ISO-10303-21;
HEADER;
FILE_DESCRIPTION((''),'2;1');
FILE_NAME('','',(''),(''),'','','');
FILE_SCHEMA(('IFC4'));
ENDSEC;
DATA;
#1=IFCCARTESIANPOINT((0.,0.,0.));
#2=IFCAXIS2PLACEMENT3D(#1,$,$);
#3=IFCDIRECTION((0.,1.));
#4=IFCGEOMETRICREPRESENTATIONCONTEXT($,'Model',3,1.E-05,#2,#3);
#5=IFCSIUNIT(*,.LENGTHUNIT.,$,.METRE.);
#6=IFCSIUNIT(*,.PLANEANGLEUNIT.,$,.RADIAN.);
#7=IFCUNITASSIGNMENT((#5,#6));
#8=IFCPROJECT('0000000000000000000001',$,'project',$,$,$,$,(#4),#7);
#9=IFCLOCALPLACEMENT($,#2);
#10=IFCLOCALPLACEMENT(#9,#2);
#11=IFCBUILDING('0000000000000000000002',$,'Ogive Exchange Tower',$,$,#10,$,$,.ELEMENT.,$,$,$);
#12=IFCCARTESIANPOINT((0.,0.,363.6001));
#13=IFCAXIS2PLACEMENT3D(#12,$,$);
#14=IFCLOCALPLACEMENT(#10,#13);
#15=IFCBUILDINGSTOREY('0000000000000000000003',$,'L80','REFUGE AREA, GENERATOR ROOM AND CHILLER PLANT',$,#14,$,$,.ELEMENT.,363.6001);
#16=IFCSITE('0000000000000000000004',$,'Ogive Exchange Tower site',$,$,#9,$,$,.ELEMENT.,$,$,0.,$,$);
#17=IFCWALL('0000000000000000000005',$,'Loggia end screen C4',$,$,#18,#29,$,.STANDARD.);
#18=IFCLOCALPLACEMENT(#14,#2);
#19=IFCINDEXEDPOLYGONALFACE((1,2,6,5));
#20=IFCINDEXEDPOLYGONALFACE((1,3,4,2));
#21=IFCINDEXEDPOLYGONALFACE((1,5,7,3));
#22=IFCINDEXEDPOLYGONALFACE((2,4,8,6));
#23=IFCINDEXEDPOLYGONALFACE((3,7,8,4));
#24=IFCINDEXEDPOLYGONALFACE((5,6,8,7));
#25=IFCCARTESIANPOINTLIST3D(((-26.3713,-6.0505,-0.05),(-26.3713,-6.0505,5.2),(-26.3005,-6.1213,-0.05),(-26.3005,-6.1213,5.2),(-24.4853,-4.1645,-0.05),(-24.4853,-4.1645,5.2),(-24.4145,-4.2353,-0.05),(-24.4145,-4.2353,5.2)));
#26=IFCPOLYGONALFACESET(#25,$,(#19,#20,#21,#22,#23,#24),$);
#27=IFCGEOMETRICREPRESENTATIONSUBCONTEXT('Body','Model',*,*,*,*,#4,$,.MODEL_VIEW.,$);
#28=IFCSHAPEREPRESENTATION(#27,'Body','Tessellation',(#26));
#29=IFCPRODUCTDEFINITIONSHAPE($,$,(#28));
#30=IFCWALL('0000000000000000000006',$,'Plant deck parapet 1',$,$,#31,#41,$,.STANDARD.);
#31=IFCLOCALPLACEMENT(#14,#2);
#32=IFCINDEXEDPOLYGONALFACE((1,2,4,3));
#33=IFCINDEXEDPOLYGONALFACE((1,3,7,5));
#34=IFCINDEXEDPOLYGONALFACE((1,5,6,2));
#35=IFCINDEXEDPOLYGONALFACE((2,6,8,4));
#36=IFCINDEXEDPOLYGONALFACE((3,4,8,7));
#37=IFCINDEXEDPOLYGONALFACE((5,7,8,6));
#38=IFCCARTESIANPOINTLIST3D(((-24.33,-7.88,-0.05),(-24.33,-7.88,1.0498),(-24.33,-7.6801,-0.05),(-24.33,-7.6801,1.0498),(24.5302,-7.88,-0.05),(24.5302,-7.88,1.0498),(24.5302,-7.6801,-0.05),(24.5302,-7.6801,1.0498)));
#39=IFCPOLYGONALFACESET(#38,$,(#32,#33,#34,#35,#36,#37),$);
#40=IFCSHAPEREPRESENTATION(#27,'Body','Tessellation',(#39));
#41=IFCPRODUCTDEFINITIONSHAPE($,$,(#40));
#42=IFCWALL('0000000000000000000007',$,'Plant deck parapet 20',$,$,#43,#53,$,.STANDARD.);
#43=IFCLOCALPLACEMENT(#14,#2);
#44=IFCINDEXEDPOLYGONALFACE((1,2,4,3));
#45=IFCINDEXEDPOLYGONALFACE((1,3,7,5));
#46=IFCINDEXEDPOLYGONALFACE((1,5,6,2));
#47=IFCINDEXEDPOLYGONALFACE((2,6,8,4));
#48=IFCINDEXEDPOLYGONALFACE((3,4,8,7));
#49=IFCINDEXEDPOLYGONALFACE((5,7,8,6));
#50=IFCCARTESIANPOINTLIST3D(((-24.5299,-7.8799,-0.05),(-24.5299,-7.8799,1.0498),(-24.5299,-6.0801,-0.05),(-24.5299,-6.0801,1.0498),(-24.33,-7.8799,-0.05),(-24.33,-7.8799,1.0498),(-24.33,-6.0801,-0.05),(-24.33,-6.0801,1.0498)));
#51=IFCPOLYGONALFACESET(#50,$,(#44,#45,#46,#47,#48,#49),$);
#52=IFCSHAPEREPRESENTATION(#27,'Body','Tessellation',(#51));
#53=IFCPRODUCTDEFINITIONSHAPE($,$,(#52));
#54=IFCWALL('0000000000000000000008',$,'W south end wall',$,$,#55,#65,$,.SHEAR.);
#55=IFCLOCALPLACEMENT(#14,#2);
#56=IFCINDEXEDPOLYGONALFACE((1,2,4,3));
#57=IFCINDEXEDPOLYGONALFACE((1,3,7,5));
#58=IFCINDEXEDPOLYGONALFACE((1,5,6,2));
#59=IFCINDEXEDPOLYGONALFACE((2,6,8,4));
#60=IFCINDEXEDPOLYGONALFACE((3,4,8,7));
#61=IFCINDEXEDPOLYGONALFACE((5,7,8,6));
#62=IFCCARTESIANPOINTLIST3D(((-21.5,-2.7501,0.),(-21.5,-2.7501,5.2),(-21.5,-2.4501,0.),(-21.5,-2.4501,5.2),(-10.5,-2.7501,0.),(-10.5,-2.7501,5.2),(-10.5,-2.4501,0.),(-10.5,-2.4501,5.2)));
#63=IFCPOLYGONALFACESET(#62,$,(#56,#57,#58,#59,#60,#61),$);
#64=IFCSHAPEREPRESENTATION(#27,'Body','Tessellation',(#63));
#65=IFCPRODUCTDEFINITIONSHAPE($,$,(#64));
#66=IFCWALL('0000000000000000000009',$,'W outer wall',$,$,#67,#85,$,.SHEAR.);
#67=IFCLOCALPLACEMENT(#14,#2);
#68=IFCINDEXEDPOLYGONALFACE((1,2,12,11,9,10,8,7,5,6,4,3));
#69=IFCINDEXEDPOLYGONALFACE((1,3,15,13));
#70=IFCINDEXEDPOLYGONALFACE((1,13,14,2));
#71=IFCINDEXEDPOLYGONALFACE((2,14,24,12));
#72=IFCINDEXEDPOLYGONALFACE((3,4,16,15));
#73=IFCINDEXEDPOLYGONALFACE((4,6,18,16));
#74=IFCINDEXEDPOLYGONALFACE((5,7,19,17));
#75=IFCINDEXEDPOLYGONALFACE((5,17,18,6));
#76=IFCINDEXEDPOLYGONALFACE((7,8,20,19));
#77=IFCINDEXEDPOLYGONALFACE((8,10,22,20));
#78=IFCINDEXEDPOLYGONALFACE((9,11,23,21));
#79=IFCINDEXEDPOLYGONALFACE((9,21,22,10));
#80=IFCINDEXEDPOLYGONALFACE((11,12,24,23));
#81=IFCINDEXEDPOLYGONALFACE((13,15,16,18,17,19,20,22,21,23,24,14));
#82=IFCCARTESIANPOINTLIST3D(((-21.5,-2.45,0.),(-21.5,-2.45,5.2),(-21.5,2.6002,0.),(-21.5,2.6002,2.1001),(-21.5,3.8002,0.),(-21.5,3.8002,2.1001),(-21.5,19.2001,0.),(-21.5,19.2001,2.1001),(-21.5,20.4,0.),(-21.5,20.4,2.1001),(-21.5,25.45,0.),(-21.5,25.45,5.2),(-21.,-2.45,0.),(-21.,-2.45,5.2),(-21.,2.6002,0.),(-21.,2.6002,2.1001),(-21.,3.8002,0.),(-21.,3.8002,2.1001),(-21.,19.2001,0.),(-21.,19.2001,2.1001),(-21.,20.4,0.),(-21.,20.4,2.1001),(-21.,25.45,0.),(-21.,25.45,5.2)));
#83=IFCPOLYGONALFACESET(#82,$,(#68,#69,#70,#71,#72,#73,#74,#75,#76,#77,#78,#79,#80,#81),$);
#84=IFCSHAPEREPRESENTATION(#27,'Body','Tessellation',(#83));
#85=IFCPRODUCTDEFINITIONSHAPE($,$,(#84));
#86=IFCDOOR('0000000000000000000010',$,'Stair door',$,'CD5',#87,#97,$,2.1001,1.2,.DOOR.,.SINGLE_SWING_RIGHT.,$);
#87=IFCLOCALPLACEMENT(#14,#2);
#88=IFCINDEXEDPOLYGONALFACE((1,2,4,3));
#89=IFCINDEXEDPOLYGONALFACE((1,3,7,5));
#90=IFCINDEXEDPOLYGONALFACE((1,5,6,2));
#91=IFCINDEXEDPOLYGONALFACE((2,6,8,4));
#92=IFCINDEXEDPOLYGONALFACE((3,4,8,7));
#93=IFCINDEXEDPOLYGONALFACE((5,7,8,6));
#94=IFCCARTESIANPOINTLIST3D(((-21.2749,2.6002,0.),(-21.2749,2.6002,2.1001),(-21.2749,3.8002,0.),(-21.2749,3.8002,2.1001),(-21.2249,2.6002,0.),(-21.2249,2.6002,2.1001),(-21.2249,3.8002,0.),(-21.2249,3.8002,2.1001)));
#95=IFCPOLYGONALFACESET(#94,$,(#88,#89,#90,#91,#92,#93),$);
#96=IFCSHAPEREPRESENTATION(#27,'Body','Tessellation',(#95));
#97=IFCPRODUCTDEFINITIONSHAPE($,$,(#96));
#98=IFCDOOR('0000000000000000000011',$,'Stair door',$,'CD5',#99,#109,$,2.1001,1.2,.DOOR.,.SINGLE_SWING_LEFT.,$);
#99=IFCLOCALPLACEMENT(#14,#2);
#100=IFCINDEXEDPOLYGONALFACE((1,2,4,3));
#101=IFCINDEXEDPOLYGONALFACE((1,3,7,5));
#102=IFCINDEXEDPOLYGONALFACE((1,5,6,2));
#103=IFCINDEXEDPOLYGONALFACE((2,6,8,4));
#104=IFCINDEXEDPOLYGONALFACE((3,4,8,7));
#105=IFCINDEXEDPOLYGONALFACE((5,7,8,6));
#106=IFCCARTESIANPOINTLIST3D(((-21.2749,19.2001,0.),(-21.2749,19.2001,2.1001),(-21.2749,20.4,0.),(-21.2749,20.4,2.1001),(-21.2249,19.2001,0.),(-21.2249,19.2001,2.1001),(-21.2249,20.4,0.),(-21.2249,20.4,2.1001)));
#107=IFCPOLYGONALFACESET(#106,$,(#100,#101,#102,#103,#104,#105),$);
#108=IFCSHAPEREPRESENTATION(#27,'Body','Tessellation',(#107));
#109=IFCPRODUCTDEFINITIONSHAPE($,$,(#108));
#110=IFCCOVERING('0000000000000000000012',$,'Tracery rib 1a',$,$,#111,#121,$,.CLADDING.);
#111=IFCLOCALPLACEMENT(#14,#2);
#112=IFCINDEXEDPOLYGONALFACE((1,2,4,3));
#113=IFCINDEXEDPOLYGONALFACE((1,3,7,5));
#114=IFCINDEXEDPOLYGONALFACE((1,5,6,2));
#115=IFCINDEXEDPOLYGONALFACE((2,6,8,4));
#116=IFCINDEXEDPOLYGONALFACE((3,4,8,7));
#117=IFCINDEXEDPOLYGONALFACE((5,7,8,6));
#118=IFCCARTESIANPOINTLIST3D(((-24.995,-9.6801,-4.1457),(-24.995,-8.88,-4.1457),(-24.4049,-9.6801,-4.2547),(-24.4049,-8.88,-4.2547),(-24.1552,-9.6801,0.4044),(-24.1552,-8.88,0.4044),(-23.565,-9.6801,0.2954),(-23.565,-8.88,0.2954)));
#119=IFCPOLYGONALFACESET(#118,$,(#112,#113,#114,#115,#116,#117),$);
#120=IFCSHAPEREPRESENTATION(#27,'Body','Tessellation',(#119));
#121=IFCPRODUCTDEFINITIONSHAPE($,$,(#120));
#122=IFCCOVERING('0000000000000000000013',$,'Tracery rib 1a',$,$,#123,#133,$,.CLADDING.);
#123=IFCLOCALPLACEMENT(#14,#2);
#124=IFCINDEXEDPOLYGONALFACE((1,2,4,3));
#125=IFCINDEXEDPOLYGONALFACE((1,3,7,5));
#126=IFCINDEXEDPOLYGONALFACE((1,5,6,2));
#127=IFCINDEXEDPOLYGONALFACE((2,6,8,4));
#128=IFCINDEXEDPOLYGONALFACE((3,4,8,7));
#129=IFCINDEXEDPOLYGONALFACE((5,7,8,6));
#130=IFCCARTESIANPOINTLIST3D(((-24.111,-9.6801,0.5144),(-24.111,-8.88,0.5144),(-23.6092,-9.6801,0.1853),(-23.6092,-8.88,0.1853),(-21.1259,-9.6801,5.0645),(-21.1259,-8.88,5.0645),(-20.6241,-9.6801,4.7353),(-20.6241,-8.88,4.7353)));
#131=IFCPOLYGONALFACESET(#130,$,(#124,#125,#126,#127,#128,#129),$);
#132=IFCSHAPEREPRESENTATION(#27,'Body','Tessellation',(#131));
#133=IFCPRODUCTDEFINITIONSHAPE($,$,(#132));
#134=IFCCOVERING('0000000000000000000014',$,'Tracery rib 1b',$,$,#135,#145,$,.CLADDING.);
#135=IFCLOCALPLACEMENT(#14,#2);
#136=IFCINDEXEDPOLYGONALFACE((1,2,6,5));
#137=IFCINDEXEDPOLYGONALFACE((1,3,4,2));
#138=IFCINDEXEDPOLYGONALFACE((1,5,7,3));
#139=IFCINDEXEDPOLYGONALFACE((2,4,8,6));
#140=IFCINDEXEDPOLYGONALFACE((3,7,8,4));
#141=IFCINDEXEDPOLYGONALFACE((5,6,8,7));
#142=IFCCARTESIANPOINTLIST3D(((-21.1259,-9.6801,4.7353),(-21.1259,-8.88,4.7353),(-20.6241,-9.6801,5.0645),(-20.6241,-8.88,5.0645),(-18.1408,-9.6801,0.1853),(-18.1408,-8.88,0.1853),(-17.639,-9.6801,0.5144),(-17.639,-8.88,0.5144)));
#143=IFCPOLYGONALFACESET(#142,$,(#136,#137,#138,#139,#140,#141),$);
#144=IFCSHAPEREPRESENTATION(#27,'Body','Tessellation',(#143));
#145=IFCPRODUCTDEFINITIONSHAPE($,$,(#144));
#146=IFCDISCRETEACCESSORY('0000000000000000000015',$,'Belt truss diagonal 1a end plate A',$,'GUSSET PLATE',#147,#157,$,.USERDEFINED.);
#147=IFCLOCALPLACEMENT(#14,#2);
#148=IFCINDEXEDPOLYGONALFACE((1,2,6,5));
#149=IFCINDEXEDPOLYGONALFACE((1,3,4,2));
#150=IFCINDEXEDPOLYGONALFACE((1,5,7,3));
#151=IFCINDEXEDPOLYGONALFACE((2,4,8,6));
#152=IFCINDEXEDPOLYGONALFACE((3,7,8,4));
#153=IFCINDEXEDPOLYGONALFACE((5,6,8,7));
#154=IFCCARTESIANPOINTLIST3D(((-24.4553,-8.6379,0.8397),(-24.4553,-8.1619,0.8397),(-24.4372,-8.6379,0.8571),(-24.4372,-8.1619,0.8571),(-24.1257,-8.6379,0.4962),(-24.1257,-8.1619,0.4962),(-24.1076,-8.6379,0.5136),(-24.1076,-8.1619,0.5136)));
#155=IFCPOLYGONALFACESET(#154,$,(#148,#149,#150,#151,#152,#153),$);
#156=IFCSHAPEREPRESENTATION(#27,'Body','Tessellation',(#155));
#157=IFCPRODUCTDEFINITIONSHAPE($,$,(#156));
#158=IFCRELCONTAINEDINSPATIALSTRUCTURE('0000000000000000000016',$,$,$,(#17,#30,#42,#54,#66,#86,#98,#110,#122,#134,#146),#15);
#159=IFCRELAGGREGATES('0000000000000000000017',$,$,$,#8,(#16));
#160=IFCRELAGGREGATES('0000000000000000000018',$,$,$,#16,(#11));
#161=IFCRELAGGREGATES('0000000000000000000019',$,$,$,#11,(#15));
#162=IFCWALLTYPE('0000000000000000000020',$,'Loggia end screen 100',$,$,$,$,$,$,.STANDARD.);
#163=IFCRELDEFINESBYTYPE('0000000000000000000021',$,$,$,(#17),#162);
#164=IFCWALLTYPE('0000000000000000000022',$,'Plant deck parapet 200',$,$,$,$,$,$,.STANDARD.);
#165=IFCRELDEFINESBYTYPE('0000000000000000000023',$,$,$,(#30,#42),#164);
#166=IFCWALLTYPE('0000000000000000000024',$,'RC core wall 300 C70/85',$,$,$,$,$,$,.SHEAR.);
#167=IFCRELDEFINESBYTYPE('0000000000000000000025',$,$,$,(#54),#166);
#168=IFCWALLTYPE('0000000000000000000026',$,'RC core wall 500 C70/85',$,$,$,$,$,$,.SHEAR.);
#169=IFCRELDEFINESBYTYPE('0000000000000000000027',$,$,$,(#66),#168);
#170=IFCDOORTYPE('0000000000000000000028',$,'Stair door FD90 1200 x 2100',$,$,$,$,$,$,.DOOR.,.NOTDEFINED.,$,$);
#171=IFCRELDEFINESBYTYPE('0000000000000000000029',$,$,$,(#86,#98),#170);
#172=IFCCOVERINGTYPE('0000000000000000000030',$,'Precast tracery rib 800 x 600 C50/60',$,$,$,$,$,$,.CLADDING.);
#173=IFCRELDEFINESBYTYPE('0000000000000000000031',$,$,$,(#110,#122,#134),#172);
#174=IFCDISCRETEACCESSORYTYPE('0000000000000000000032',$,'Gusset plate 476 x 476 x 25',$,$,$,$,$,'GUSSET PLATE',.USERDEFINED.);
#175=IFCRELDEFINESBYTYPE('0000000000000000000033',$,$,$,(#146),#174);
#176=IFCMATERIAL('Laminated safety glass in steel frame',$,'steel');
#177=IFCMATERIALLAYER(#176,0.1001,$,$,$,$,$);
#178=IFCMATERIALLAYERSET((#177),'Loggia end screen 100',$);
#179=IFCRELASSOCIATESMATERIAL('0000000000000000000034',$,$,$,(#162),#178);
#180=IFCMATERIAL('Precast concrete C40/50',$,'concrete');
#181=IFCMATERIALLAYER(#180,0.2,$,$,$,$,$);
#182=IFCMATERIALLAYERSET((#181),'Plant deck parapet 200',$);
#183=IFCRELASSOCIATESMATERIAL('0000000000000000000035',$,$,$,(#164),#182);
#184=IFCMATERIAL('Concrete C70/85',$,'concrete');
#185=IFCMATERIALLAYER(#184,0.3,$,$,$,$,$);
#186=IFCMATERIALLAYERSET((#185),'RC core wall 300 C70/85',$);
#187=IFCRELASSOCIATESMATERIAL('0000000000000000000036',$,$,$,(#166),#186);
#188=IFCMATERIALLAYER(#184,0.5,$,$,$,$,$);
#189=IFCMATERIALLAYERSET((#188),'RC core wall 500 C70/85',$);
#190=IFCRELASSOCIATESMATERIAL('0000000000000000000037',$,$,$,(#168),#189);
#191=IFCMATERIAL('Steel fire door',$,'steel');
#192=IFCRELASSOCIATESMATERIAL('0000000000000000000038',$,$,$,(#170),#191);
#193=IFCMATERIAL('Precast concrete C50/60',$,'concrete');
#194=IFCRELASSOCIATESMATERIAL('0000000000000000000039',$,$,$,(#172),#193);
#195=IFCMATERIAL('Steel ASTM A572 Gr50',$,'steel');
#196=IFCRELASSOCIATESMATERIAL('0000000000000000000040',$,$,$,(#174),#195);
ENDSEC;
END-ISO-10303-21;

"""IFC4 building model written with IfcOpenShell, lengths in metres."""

from ifc_helpers import new_model, si_unit, direction, frame, frame_2d, origin, origin_2d, place, context, subcontext, project, spatial, rectangle, extrude, material, layer, layer_set, material_profile, profile_set, type_object, element, fill, save


model = new_model("IFC4")

# Units and contexts
model_context = context("Model", 3, precision=1e-05, world=origin(), true_north=direction((0.0, 1.0)))
body_context = subcontext(model_context, "Body", "Model", "MODEL_VIEW")
ifc_project = project(units=[si_unit("LENGTHUNIT", "METRE"), si_unit("PLANEANGLEUNIT", "RADIAN")], contexts=[model_context])

# Site, building, storey
site_placement = place(None, origin())
site = spatial("IfcSite", under=ifc_project, at=site_placement, Name="Ogive Exchange Tower site", CompositionType="ELEMENT", RefElevation=0.0)
building_placement = place(site_placement, origin())
building = spatial("IfcBuilding", under=site, at=building_placement, Name="Ogive Exchange Tower", CompositionType="ELEMENT")
storey_placement = place(building_placement, frame((0.0, 0.0, 363.6001)))
storey = spatial("IfcBuildingStorey", under=building, at=storey_placement, Name="L80", Description="REFUGE AREA, GENERATOR ROOM AND CHILLER PLANT", CompositionType="ELEMENT", Elevation=363.6001)

# Shared definitions
ifc_material_1 = material(Name="Precast concrete C40/50", Category="concrete")

# Walls
ifc_material_2 = material(Name="Laminated safety glass in steel frame", Category="steel")
ifc_layer_1 = layer(ifc_material_2, 0.1001)
ifc_layer_set_1 = layer_set([ifc_layer_1], Name="Loggia end screen 100")
wall_type_1 = type_object("IfcWallType", Name="Loggia end screen 100", PredefinedType="STANDARD", material=ifc_layer_set_1)
wall_1_placement = place(storey_placement, frame((-24.45, -4.2, -0.05), z_axis=(0.0, 0.0, 1.0), x_axis=(-0.707107, -0.707107, 0.0)))
element("IfcWall", 1, at=wall_1_placement, inside=storey, type_object=wall_type_1, Name="Loggia end screen C4", PredefinedType="STANDARD", context=body_context, shape_type="SweptSolid", body=[
    extrude(rectangle(XDim=2.6672, YDim=0.1001, at=frame_2d((1.3335, 0.0))), origin(), (0.0, 0.0, 1.0), 5.25),
])
ifc_layer_2 = layer(ifc_material_1, 0.2)
ifc_layer_set_2 = layer_set([ifc_layer_2], Name="Plant deck parapet 200")
wall_type_2 = type_object("IfcWallType", Name="Plant deck parapet 200", PredefinedType="STANDARD", material=ifc_layer_set_2)
wall_2_placement = place(storey_placement, frame((-24.3301, -7.78, -0.05), z_axis=(0.0, 0.0, 1.0), x_axis=(1.0, 0.0, 0.0)))
element("IfcWall", 2, at=wall_2_placement, inside=storey, type_object=wall_type_2, Name="Plant deck parapet 1", PredefinedType="STANDARD", context=body_context, shape_type="SweptSolid", body=[
    extrude(rectangle(XDim=48.8601, YDim=0.2, at=frame_2d((24.4302, 0.0))), origin(), (0.0, 0.0, 1.0), 1.0999),
])
wall_3_placement = place(storey_placement, frame((-24.4299, -6.0801, -0.05), z_axis=(0.0, 0.0, 1.0), x_axis=(0.0, -1.0, 0.0)))
element("IfcWall", 3, at=wall_3_placement, inside=storey, type_object=wall_type_2, Name="Plant deck parapet 20", PredefinedType="STANDARD", context=body_context, shape_type="SweptSolid", body=[
    extrude(rectangle(XDim=1.7998, YDim=0.2, at=frame_2d((0.8999, 0.0))), origin(), (0.0, 0.0, 1.0), 1.0999),
])
ifc_material_3 = material(Name="Concrete C70/85", Category="concrete")
ifc_layer_3 = layer(ifc_material_3, 0.3)
ifc_layer_set_3 = layer_set([ifc_layer_3], Name="RC core wall 300 C70/85")
wall_type_3 = type_object("IfcWallType", Name="RC core wall 300 C70/85", PredefinedType="SHEAR", material=ifc_layer_set_3)
wall_4_placement = place(storey_placement, frame((-21.5, -2.6001, 0.0), z_axis=(0.0, 0.0, 1.0), x_axis=(1.0, 0.0, 0.0)))
element("IfcWall", 4, at=wall_4_placement, inside=storey, type_object=wall_type_3, Name="W south end wall", PredefinedType="SHEAR", context=body_context, shape_type="SweptSolid", body=[
    extrude(rectangle(XDim=11.0, YDim=0.3, at=frame_2d((5.5, 0.0))), origin(), (0.0, 0.0, 1.0), 5.2),
])

# Wall, openings, doors
ifc_layer_4 = layer(ifc_material_3, 0.5)
ifc_layer_set_4 = layer_set([ifc_layer_4], Name="RC core wall 500 C70/85")
wall_type_4 = type_object("IfcWallType", Name="RC core wall 500 C70/85", PredefinedType="SHEAR", material=ifc_layer_set_4)
wall_5_placement = place(storey_placement, frame((-21.25, -2.45, 0.0), z_axis=(0.0, 0.0, 1.0), x_axis=(0.0, 1.0, 0.0)))
wall_5 = element("IfcWall", 5, at=wall_5_placement, inside=storey, type_object=wall_type_4, Name="W outer wall", PredefinedType="SHEAR", context=body_context, shape_type="SweptSolid", body=[
    extrude(rectangle(XDim=27.8999, YDim=0.5, at=frame_2d((13.95, 0.0))), origin(), (0.0, 0.0, 1.0), 5.2),
])
opening_1_placement = place(wall_5_placement, frame((5.05, 0.0, 0.0)))
opening_1 = element("IfcOpeningElement", 6, at=opening_1_placement, cuts=wall_5, PredefinedType="OPENING", context=body_context, shape_type="SweptSolid", body=[
    extrude(rectangle(XDim=1.2, YDim=2.1001, at=frame_2d((0.6001, 1.05))), frame((0.0, 0.26, 0.0), z_axis=(0.0, -1.0, 0.0), x_axis=(1.0, 0.0, 0.0)), (0.0, 0.0, 1.0), 0.52),
])
opening_2_placement = place(wall_5_placement, frame((21.6499, 0.0, 0.0)))
opening_2 = element("IfcOpeningElement", 7, at=opening_2_placement, cuts=wall_5, PredefinedType="OPENING", context=body_context, shape_type="SweptSolid", body=[
    extrude(rectangle(XDim=1.2, YDim=2.1001, at=frame_2d((0.6001, 1.05))), frame((0.0, 0.26, 0.0), z_axis=(0.0, -1.0, 0.0), x_axis=(1.0, 0.0, 0.0)), (0.0, 0.0, 1.0), 0.52),
])
ifc_material_4 = material(Name="Steel fire door", Category="steel")
door_type = type_object("IfcDoorType", Name="Stair door FD90 1200 x 2100", OperationType="NOTDEFINED", PredefinedType="DOOR", material=ifc_material_4)
door_1_placement = place(opening_1_placement, origin())
door_1 = element("IfcDoor", 8, at=door_1_placement, inside=storey, type_object=door_type, Name="Stair door", ObjectType="CD5", OperationType="SINGLE_SWING_RIGHT", OverallHeight=2.1001, OverallWidth=1.2, PredefinedType="DOOR", context=body_context, shape_type="SweptSolid", body=[
    extrude(rectangle(XDim=1.2, YDim=2.1001, at=frame_2d((0.6001, 1.05))), frame((0.0, 0.0249, 0.0), z_axis=(0.0, -1.0, 0.0), x_axis=(1.0, 0.0, 0.0)), (0.0, 0.0, 1.0), 0.05),
])
fill(opening_1, door_1)
door_2_placement = place(opening_2_placement, origin())
door_2 = element("IfcDoor", 9, at=door_2_placement, inside=storey, type_object=door_type, Name="Stair door", ObjectType="CD5", OperationType="SINGLE_SWING_LEFT", OverallHeight=2.1001, OverallWidth=1.2, PredefinedType="DOOR", context=body_context, shape_type="SweptSolid", body=[
    extrude(rectangle(XDim=1.2, YDim=2.1001, at=frame_2d((0.6001, 1.05))), frame((0.0, 0.0249, 0.0), z_axis=(0.0, -1.0, 0.0), x_axis=(1.0, 0.0, 0.0)), (0.0, 0.0, 1.0), 0.05),
])
fill(opening_2, door_2)

# Coverings
ifc_material_5 = material(Name="Precast concrete C50/60", Category="concrete")
ifc_material_profile_1 = material_profile(ifc_material_5, rectangle(XDim=0.8, YDim=0.6001, at=origin_2d()), Name="RIB 800 x 600")
ifc_profile_set_1 = profile_set([ifc_material_profile_1], Name="Precast concrete C50/60")
covering_type = type_object("IfcCoveringType", Name="Precast tracery rib 800 x 600 C50/60", PredefinedType="CLADDING", material=ifc_profile_set_1)
covering_placement = place(storey_placement, frame((-24.7, -9.28, -4.2002), z_axis=(0.181513, 0.0, 0.983389), x_axis=(0.0, 1.0, 0.0)))
element("IfcCovering", 10, at=covering_placement, inside=storey, type_object=covering_type, Name="Tracery rib 1a", PredefinedType="CLADDING", context=body_context, shape_type="SweptSolid", body=[
    extrude(rectangle(XDim=0.8, YDim=0.6001, at=origin_2d()), origin(), (0.0, 0.0, 1.0), 4.627),
])
for number, where, z_axis, x_axis, name in (
    (11, (-23.8601, -9.28, 0.3499), (0.548546, 0.0, 0.836121), (0.0, 1.0, 0.0), "Tracery rib 1a"),
    (12, (-17.8899, -9.28, 0.3499), (-0.548546, 0.0, 0.836121), (0.0, -1.0, 0.0), "Tracery rib 1b"),
):
    element("IfcCovering", number, at=place(storey_placement, frame(where, z_axis=z_axis, x_axis=x_axis)), inside=storey, type_object=covering_type, Name=name, PredefinedType="CLADDING", context=body_context, shape_type="SweptSolid", body=[
        extrude(rectangle(XDim=0.8, YDim=0.6001, at=origin_2d()), origin(), (0.0, 0.0, 1.0), 5.4419),
    ])

# Discrete accessory
ifc_material_6 = material(Name="Steel ASTM A572 Gr50", Category="steel")
ifc_material_profile_2 = material_profile(ifc_material_6, rectangle(XDim=0.4761, YDim=0.4761, at=origin_2d()), Name="PL 476 x 476 x 25")
ifc_profile_set_2 = profile_set([ifc_material_profile_2], Name="Steel ASTM A572 Gr50")
discrete_accessory_type = type_object("IfcDiscreteAccessoryType", Name="Gusset plate 476 x 476 x 25", ElementType="GUSSET PLATE", PredefinedType="USERDEFINED", material=ifc_profile_set_2)
discrete_accessory_placement = place(storey_placement, frame((-24.2905, -8.3999, 0.668), z_axis=(0.721582, 0.0, 0.692329), x_axis=(0.0, 1.0, 0.0)))
element("IfcDiscreteAccessory", 13, at=discrete_accessory_placement, inside=storey, type_object=discrete_accessory_type, Name="Belt truss diagonal 1a end plate A", ObjectType="GUSSET PLATE", PredefinedType="USERDEFINED", context=body_context, shape_type="SweptSolid", body=[
    extrude(rectangle(XDim=0.4761, YDim=0.4761, at=origin_2d()), origin(), (0.0, 0.0, 1.0), 0.0251),
])

save(model, "model.ifc")
